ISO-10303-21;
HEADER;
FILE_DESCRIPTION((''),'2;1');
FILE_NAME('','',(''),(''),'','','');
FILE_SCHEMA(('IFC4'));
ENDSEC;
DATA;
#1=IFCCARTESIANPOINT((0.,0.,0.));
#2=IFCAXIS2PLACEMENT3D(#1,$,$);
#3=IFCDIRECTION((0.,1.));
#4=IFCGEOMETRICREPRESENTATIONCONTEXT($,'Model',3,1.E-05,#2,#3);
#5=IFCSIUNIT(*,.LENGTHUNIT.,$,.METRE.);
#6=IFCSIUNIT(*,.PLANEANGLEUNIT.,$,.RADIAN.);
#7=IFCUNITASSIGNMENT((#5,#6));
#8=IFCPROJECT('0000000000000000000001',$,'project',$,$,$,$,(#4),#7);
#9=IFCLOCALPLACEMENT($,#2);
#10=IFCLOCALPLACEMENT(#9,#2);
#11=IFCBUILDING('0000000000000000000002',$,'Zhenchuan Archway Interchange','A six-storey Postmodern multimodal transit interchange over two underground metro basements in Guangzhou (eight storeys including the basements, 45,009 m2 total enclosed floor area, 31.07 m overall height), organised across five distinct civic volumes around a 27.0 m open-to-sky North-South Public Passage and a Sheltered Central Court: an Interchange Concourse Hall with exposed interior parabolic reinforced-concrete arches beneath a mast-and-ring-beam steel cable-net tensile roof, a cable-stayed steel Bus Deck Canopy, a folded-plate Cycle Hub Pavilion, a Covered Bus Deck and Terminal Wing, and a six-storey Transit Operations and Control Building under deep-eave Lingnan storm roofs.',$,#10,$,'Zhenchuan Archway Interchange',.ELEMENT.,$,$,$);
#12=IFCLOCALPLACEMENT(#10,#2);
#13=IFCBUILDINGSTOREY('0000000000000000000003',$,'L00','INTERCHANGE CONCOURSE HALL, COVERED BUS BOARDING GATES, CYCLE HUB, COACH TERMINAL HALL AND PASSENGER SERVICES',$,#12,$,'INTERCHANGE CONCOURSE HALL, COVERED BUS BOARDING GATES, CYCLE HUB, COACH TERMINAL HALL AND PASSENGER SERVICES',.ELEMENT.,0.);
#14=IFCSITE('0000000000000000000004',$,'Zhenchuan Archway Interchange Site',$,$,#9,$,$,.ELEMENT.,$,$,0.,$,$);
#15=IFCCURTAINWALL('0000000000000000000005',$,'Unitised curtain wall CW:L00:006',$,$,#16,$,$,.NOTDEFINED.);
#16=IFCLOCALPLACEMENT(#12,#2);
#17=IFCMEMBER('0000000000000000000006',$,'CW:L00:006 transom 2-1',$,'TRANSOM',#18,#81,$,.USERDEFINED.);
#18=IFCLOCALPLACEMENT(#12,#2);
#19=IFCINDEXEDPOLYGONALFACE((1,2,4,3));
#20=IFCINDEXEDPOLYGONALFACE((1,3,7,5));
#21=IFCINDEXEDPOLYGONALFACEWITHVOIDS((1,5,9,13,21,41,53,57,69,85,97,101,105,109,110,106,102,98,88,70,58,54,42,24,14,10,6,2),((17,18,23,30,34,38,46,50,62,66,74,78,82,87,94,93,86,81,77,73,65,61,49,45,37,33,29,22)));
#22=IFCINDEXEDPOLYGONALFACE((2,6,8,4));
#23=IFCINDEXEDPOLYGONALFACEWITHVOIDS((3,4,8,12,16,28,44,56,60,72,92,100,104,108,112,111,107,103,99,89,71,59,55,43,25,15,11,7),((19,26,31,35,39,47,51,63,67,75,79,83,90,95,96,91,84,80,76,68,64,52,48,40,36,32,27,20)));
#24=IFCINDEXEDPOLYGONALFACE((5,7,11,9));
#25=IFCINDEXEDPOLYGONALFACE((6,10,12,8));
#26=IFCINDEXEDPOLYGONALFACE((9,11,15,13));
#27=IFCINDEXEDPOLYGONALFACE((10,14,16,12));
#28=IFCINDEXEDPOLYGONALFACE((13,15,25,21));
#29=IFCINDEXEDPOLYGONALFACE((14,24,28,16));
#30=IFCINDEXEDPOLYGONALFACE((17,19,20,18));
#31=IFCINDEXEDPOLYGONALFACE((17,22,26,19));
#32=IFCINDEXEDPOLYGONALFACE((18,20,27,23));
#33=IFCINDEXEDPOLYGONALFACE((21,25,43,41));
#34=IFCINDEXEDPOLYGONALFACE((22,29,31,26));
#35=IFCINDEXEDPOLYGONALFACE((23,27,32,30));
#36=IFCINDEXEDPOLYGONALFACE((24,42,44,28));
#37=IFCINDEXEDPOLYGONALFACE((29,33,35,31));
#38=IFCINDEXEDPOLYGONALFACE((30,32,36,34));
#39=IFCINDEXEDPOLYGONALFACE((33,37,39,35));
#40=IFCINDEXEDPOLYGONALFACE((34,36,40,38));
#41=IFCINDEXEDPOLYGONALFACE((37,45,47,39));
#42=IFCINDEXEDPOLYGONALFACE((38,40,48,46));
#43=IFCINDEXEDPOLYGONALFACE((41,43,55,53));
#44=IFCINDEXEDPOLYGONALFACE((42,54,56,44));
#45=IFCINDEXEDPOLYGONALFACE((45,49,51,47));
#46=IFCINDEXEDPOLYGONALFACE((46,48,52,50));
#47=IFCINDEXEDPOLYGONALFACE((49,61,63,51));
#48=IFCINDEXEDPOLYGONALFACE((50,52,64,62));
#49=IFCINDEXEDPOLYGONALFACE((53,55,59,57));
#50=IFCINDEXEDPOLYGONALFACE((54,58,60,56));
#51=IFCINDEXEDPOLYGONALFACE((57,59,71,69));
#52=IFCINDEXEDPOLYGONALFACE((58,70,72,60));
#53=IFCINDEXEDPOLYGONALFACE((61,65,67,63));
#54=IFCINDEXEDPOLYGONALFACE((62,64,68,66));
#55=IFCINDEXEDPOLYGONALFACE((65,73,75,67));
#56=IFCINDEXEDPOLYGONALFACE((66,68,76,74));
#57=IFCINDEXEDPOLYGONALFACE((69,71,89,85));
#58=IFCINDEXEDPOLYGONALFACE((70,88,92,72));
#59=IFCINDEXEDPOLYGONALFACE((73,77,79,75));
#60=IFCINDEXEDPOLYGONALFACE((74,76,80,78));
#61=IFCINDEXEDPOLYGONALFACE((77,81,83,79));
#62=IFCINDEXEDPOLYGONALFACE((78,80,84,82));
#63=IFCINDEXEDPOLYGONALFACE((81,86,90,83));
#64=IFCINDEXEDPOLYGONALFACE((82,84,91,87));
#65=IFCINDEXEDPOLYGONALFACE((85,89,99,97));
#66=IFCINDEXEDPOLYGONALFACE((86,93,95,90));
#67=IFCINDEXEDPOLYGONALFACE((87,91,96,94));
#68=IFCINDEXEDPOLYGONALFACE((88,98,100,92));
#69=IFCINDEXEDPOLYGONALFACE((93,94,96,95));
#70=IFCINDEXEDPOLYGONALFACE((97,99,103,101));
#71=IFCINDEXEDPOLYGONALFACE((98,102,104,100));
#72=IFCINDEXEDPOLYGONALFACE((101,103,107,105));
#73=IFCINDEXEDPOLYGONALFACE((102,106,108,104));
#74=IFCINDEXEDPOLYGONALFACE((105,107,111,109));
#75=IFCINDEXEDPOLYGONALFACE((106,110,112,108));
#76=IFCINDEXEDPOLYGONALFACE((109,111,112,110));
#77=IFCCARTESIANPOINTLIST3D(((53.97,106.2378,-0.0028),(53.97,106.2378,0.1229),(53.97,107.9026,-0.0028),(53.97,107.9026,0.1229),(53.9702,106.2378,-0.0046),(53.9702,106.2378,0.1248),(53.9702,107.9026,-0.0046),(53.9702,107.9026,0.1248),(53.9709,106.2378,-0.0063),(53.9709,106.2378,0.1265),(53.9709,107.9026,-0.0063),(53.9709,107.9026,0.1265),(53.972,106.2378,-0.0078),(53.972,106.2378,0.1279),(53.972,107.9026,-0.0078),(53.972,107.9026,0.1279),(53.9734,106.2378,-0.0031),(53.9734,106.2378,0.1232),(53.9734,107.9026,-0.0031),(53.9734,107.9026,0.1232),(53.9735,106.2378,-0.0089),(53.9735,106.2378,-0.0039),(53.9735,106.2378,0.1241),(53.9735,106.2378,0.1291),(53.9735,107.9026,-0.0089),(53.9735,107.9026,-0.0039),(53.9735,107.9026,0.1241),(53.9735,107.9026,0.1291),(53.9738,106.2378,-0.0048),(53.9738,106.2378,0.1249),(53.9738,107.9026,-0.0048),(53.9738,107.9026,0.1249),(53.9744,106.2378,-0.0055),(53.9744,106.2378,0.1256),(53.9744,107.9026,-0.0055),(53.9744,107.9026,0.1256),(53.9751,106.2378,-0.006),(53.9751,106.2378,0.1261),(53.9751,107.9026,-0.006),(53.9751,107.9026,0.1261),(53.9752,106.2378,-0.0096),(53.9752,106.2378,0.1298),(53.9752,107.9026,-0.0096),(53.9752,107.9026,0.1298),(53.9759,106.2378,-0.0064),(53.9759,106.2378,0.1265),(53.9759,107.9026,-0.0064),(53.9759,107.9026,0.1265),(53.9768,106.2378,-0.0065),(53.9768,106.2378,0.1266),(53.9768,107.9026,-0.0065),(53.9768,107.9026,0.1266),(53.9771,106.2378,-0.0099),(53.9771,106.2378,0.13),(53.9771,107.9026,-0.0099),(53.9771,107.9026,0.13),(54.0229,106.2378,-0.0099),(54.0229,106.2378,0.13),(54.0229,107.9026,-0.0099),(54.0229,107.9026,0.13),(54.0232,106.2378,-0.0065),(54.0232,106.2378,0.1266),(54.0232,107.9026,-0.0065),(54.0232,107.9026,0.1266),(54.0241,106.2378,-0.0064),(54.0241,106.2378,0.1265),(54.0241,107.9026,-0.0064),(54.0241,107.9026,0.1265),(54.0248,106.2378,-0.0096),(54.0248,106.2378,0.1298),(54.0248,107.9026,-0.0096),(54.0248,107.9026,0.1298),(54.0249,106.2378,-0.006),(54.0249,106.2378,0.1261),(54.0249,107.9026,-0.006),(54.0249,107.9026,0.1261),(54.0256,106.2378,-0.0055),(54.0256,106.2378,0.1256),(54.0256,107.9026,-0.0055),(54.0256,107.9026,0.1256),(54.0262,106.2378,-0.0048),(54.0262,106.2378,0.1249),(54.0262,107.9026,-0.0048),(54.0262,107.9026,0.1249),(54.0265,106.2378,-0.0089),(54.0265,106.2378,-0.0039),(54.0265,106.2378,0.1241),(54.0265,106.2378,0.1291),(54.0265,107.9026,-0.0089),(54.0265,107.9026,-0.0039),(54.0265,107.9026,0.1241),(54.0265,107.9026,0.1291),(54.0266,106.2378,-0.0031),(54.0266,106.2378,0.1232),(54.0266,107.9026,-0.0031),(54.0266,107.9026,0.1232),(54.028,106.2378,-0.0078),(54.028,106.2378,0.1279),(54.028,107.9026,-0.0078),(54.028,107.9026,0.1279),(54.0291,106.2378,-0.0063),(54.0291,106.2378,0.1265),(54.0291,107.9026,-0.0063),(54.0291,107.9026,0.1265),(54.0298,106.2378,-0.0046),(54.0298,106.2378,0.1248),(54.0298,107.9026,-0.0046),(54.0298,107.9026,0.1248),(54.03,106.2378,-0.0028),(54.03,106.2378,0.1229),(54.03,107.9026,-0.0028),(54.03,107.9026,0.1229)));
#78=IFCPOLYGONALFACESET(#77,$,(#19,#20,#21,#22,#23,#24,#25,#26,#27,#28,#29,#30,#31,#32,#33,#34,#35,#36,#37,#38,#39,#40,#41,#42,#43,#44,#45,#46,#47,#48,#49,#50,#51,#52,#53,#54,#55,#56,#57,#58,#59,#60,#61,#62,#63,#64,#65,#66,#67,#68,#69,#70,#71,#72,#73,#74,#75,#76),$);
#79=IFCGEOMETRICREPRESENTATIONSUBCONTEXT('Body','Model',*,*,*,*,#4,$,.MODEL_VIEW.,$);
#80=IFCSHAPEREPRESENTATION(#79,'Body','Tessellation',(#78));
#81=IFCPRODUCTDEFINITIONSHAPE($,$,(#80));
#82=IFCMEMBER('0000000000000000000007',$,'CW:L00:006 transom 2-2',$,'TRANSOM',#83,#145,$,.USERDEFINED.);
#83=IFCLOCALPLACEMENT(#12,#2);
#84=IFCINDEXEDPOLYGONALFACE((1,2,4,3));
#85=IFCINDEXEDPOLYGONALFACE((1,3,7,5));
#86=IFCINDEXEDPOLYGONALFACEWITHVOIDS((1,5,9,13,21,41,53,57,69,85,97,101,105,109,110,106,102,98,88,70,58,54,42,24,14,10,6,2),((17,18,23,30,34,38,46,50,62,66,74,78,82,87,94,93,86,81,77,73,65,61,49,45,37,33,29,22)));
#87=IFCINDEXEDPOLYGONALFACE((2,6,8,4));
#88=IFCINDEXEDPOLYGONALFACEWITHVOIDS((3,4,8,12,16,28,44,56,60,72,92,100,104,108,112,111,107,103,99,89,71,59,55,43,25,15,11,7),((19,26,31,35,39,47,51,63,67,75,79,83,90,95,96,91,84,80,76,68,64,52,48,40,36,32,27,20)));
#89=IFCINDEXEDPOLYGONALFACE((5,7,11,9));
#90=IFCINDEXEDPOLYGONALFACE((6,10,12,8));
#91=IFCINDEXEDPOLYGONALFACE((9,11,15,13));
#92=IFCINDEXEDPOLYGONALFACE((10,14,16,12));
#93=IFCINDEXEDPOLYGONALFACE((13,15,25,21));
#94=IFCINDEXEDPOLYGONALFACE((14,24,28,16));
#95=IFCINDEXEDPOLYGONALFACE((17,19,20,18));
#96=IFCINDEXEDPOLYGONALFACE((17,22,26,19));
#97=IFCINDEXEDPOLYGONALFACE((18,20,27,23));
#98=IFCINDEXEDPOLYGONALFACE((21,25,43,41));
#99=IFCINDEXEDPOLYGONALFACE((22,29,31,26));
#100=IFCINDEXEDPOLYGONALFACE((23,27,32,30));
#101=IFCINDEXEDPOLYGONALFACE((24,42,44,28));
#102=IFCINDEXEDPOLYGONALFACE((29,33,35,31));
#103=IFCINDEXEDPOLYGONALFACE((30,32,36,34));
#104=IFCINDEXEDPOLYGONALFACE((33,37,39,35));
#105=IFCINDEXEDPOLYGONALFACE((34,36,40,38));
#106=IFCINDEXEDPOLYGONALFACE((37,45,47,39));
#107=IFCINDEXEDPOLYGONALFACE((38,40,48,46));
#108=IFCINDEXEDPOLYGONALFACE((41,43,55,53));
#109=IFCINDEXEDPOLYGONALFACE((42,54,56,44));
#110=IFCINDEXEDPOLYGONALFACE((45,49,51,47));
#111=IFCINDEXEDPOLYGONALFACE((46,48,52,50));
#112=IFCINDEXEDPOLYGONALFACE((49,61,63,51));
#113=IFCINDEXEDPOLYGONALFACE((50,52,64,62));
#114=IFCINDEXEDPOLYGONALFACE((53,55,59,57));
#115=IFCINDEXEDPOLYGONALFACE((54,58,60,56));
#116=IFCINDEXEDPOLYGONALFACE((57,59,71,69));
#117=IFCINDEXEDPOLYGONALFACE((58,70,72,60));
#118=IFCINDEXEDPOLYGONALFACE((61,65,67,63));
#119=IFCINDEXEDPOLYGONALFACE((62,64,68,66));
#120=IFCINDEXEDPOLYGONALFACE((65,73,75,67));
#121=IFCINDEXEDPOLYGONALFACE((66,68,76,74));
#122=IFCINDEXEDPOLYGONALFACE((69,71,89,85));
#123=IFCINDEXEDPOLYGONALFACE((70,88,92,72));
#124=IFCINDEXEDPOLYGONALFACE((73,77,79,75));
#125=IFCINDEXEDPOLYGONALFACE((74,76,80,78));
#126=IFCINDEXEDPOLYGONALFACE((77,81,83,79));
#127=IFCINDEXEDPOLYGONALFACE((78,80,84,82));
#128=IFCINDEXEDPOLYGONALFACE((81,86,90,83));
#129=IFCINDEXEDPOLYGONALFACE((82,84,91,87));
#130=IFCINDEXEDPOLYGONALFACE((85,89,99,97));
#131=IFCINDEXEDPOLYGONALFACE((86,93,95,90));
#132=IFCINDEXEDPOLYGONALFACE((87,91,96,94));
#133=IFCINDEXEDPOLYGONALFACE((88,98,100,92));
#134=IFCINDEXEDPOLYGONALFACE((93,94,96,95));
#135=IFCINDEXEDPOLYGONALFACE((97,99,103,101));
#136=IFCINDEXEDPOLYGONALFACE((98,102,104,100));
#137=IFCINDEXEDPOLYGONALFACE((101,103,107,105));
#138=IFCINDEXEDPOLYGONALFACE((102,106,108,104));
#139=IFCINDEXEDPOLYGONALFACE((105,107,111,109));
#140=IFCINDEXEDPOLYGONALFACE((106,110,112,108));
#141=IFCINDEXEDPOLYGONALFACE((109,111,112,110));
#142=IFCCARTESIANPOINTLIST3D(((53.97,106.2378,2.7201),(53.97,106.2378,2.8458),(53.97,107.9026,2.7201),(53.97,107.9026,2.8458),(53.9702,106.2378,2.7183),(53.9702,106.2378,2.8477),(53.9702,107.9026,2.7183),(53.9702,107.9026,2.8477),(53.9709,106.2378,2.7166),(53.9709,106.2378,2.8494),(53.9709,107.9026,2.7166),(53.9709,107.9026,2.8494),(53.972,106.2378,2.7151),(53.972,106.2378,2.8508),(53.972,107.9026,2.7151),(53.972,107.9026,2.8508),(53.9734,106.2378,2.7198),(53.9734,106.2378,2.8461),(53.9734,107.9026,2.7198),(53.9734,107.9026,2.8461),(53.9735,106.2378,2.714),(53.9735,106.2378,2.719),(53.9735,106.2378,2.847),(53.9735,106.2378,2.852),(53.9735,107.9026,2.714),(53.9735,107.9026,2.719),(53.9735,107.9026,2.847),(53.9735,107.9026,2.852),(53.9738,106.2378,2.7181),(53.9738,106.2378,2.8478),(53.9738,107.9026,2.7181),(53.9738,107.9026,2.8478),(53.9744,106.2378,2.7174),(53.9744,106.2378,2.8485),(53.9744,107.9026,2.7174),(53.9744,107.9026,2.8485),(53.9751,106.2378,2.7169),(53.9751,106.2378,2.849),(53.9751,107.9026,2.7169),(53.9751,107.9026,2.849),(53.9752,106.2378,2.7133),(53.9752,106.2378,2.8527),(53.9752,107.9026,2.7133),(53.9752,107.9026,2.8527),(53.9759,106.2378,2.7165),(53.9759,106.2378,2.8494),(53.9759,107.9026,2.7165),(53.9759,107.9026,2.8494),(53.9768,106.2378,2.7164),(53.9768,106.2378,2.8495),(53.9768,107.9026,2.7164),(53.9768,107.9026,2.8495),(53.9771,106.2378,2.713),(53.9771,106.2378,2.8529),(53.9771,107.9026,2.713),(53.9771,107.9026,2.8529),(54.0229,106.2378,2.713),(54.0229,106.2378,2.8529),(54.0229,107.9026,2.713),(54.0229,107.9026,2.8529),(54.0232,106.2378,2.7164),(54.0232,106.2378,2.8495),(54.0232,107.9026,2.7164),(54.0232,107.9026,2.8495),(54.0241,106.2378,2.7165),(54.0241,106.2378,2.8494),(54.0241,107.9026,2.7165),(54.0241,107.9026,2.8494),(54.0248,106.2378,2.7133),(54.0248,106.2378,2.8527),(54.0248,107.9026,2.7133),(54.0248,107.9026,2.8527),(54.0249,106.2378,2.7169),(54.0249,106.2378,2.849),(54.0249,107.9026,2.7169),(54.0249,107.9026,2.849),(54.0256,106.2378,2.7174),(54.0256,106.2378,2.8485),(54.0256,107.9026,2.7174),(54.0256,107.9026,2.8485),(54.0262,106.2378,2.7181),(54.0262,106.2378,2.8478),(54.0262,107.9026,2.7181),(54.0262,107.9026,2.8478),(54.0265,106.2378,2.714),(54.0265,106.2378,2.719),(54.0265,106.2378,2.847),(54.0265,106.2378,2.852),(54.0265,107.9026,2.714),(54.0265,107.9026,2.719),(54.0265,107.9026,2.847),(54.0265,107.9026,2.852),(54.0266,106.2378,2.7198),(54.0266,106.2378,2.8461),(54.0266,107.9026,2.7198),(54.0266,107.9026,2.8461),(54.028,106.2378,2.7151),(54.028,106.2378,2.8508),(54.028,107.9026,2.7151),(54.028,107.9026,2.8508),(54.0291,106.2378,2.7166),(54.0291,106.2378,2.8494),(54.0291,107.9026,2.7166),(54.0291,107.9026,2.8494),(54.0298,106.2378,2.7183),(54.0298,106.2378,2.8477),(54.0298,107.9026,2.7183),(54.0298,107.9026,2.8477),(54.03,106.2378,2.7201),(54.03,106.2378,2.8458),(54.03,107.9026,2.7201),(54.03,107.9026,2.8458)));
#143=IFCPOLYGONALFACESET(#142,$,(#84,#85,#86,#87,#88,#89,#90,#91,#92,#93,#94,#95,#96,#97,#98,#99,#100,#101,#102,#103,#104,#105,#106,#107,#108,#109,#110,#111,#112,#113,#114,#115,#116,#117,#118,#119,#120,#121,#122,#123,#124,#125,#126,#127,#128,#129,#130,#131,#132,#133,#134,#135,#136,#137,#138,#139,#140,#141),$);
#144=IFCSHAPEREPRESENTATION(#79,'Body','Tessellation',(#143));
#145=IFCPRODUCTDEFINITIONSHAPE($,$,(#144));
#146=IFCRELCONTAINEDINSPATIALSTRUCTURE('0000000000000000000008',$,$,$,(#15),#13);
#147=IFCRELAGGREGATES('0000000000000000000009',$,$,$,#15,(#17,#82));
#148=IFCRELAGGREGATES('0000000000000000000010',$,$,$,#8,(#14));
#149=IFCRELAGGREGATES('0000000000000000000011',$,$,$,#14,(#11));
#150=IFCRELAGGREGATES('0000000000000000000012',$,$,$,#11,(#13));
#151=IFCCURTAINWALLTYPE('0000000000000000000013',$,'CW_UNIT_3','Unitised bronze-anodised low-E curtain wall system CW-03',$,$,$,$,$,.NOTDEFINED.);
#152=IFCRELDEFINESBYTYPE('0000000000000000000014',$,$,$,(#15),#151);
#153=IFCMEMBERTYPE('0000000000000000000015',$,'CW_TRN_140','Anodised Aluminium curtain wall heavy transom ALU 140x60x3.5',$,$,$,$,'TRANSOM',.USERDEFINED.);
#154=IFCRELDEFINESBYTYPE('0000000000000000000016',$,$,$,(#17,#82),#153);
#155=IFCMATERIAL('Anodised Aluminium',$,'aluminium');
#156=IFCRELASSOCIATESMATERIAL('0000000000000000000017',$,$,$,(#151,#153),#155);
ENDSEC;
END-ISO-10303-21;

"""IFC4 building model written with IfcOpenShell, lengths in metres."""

from ifc_helpers import new_model, si_unit, direction, frame, origin, origin_2d, place, context, subcontext, project, spatial, hollow_rectangle, extrude, material, material_profile, profile_set, type_object, element, aggregate, save


model = new_model("IFC4")

# Units and contexts
model_context = context("Model", 3, precision=1e-05, world=origin(), true_north=direction((0.0, 1.0)))
body_context = subcontext(model_context, "Body", "Model", "MODEL_VIEW")
ifc_project = project(units=[si_unit("LENGTHUNIT", "METRE"), si_unit("PLANEANGLEUNIT", "RADIAN")], contexts=[model_context])

# Site, building, storey
site_placement = place(None, origin())
site = spatial("IfcSite", under=ifc_project, at=site_placement, Name="Zhenchuan Archway Interchange Site", CompositionType="ELEMENT", RefElevation=0.0)
building_placement = place(site_placement, origin())
building = spatial("IfcBuilding", under=site, at=building_placement, Name="Zhenchuan Archway Interchange", Description="A six-storey Postmodern multimodal transit interchange over two underground metro basements in Guangzhou (eight storeys including the basements, 45,009 m2 total enclosed floor area, 31.07 m overall height), organised across five distinct civic volumes around a 27.0 m open-to-sky North-South Public Passage and a Sheltered Central Court: an Interchange Concourse Hall with exposed interior parabolic reinforced-concrete arches beneath a mast-and-ring-beam steel cable-net tensile roof, a cable-stayed steel Bus Deck Canopy, a folded-plate Cycle Hub Pavilion, a Covered Bus Deck and Terminal Wing, and a six-storey Transit Operations and Control Building under deep-eave Lingnan storm roofs.", LongName="Zhenchuan Archway Interchange", CompositionType="ELEMENT")
storey_placement = place(building_placement, origin())
storey = spatial("IfcBuildingStorey", under=building, at=storey_placement, Name="L00", Description="INTERCHANGE CONCOURSE HALL, COVERED BUS BOARDING GATES, CYCLE HUB, COACH TERMINAL HALL AND PASSENGER SERVICES", LongName="INTERCHANGE CONCOURSE HALL, COVERED BUS BOARDING GATES, CYCLE HUB, COACH TERMINAL HALL AND PASSENGER SERVICES", CompositionType="ELEMENT", Elevation=0.0)

# Curtain wall, members
ifc_material_1 = material(Name="Anodised Aluminium", Category="aluminium")
curtain_wall_type = type_object("IfcCurtainWallType", Name="CW_UNIT_3", Description="Unitised bronze-anodised low-E curtain wall system CW-03", PredefinedType="NOTDEFINED", material=ifc_material_1)
curtain_wall_placement = place(storey_placement, origin())
curtain_wall = element("IfcCurtainWall", 1, at=curtain_wall_placement, inside=storey, type_object=curtain_wall_type, Name="Unitised curtain wall CW:L00:006", PredefinedType="NOTDEFINED")
ifc_material_profile_1 = material_profile(ifc_material_1, hollow_rectangle(XDim=0.0601, YDim=0.1399, WallThickness=0.0034, InnerFilletRadius=0.0034, OuterFilletRadius=0.0071, at=origin_2d()), Name="ALU 140x60x3.5")
ifc_profile_set_1 = profile_set([ifc_material_profile_1], Name="Anodised Aluminium")
member_type_1 = type_object("IfcMemberType", Name="CW_TRN_140", Description="Anodised Aluminium curtain wall heavy transom ALU 140x60x3.5", ElementType="TRANSOM", PredefinedType="USERDEFINED", material=ifc_profile_set_1)
member_1_placement = place(storey_placement, frame((54.0, 107.9026, 0.0601), z_axis=(0.0, -1.0, 0.0), x_axis=(1.0, 0.0, 0.0)))
member_1 = element("IfcMember", 2, at=member_1_placement, type_object=member_type_1, Name="CW:L00:006 transom 2-1", ObjectType="TRANSOM", PredefinedType="USERDEFINED", context=body_context, shape_type="SweptSolid", body=[
    extrude(hollow_rectangle(XDim=0.0601, YDim=0.1399, WallThickness=0.0034, InnerFilletRadius=0.0034, OuterFilletRadius=0.0071, at=origin_2d()), origin(), (0.0, 0.0, 1.0), 1.6648),
])
member_2_placement = place(storey_placement, frame((54.0, 107.9026, 2.783), z_axis=(0.0, -1.0, 0.0), x_axis=(1.0, 0.0, 0.0)))
member_2 = element("IfcMember", 3, at=member_2_placement, type_object=member_type_1, Name="CW:L00:006 transom 2-2", ObjectType="TRANSOM", PredefinedType="USERDEFINED", context=body_context, shape_type="SweptSolid", body=[
    extrude(hollow_rectangle(XDim=0.0601, YDim=0.1399, WallThickness=0.0034, InnerFilletRadius=0.0034, OuterFilletRadius=0.0071, at=origin_2d()), origin(), (0.0, 0.0, 1.0), 1.6648),
])
aggregate(curtain_wall, [member_1, member_2])

save(model, "model.ifc")
